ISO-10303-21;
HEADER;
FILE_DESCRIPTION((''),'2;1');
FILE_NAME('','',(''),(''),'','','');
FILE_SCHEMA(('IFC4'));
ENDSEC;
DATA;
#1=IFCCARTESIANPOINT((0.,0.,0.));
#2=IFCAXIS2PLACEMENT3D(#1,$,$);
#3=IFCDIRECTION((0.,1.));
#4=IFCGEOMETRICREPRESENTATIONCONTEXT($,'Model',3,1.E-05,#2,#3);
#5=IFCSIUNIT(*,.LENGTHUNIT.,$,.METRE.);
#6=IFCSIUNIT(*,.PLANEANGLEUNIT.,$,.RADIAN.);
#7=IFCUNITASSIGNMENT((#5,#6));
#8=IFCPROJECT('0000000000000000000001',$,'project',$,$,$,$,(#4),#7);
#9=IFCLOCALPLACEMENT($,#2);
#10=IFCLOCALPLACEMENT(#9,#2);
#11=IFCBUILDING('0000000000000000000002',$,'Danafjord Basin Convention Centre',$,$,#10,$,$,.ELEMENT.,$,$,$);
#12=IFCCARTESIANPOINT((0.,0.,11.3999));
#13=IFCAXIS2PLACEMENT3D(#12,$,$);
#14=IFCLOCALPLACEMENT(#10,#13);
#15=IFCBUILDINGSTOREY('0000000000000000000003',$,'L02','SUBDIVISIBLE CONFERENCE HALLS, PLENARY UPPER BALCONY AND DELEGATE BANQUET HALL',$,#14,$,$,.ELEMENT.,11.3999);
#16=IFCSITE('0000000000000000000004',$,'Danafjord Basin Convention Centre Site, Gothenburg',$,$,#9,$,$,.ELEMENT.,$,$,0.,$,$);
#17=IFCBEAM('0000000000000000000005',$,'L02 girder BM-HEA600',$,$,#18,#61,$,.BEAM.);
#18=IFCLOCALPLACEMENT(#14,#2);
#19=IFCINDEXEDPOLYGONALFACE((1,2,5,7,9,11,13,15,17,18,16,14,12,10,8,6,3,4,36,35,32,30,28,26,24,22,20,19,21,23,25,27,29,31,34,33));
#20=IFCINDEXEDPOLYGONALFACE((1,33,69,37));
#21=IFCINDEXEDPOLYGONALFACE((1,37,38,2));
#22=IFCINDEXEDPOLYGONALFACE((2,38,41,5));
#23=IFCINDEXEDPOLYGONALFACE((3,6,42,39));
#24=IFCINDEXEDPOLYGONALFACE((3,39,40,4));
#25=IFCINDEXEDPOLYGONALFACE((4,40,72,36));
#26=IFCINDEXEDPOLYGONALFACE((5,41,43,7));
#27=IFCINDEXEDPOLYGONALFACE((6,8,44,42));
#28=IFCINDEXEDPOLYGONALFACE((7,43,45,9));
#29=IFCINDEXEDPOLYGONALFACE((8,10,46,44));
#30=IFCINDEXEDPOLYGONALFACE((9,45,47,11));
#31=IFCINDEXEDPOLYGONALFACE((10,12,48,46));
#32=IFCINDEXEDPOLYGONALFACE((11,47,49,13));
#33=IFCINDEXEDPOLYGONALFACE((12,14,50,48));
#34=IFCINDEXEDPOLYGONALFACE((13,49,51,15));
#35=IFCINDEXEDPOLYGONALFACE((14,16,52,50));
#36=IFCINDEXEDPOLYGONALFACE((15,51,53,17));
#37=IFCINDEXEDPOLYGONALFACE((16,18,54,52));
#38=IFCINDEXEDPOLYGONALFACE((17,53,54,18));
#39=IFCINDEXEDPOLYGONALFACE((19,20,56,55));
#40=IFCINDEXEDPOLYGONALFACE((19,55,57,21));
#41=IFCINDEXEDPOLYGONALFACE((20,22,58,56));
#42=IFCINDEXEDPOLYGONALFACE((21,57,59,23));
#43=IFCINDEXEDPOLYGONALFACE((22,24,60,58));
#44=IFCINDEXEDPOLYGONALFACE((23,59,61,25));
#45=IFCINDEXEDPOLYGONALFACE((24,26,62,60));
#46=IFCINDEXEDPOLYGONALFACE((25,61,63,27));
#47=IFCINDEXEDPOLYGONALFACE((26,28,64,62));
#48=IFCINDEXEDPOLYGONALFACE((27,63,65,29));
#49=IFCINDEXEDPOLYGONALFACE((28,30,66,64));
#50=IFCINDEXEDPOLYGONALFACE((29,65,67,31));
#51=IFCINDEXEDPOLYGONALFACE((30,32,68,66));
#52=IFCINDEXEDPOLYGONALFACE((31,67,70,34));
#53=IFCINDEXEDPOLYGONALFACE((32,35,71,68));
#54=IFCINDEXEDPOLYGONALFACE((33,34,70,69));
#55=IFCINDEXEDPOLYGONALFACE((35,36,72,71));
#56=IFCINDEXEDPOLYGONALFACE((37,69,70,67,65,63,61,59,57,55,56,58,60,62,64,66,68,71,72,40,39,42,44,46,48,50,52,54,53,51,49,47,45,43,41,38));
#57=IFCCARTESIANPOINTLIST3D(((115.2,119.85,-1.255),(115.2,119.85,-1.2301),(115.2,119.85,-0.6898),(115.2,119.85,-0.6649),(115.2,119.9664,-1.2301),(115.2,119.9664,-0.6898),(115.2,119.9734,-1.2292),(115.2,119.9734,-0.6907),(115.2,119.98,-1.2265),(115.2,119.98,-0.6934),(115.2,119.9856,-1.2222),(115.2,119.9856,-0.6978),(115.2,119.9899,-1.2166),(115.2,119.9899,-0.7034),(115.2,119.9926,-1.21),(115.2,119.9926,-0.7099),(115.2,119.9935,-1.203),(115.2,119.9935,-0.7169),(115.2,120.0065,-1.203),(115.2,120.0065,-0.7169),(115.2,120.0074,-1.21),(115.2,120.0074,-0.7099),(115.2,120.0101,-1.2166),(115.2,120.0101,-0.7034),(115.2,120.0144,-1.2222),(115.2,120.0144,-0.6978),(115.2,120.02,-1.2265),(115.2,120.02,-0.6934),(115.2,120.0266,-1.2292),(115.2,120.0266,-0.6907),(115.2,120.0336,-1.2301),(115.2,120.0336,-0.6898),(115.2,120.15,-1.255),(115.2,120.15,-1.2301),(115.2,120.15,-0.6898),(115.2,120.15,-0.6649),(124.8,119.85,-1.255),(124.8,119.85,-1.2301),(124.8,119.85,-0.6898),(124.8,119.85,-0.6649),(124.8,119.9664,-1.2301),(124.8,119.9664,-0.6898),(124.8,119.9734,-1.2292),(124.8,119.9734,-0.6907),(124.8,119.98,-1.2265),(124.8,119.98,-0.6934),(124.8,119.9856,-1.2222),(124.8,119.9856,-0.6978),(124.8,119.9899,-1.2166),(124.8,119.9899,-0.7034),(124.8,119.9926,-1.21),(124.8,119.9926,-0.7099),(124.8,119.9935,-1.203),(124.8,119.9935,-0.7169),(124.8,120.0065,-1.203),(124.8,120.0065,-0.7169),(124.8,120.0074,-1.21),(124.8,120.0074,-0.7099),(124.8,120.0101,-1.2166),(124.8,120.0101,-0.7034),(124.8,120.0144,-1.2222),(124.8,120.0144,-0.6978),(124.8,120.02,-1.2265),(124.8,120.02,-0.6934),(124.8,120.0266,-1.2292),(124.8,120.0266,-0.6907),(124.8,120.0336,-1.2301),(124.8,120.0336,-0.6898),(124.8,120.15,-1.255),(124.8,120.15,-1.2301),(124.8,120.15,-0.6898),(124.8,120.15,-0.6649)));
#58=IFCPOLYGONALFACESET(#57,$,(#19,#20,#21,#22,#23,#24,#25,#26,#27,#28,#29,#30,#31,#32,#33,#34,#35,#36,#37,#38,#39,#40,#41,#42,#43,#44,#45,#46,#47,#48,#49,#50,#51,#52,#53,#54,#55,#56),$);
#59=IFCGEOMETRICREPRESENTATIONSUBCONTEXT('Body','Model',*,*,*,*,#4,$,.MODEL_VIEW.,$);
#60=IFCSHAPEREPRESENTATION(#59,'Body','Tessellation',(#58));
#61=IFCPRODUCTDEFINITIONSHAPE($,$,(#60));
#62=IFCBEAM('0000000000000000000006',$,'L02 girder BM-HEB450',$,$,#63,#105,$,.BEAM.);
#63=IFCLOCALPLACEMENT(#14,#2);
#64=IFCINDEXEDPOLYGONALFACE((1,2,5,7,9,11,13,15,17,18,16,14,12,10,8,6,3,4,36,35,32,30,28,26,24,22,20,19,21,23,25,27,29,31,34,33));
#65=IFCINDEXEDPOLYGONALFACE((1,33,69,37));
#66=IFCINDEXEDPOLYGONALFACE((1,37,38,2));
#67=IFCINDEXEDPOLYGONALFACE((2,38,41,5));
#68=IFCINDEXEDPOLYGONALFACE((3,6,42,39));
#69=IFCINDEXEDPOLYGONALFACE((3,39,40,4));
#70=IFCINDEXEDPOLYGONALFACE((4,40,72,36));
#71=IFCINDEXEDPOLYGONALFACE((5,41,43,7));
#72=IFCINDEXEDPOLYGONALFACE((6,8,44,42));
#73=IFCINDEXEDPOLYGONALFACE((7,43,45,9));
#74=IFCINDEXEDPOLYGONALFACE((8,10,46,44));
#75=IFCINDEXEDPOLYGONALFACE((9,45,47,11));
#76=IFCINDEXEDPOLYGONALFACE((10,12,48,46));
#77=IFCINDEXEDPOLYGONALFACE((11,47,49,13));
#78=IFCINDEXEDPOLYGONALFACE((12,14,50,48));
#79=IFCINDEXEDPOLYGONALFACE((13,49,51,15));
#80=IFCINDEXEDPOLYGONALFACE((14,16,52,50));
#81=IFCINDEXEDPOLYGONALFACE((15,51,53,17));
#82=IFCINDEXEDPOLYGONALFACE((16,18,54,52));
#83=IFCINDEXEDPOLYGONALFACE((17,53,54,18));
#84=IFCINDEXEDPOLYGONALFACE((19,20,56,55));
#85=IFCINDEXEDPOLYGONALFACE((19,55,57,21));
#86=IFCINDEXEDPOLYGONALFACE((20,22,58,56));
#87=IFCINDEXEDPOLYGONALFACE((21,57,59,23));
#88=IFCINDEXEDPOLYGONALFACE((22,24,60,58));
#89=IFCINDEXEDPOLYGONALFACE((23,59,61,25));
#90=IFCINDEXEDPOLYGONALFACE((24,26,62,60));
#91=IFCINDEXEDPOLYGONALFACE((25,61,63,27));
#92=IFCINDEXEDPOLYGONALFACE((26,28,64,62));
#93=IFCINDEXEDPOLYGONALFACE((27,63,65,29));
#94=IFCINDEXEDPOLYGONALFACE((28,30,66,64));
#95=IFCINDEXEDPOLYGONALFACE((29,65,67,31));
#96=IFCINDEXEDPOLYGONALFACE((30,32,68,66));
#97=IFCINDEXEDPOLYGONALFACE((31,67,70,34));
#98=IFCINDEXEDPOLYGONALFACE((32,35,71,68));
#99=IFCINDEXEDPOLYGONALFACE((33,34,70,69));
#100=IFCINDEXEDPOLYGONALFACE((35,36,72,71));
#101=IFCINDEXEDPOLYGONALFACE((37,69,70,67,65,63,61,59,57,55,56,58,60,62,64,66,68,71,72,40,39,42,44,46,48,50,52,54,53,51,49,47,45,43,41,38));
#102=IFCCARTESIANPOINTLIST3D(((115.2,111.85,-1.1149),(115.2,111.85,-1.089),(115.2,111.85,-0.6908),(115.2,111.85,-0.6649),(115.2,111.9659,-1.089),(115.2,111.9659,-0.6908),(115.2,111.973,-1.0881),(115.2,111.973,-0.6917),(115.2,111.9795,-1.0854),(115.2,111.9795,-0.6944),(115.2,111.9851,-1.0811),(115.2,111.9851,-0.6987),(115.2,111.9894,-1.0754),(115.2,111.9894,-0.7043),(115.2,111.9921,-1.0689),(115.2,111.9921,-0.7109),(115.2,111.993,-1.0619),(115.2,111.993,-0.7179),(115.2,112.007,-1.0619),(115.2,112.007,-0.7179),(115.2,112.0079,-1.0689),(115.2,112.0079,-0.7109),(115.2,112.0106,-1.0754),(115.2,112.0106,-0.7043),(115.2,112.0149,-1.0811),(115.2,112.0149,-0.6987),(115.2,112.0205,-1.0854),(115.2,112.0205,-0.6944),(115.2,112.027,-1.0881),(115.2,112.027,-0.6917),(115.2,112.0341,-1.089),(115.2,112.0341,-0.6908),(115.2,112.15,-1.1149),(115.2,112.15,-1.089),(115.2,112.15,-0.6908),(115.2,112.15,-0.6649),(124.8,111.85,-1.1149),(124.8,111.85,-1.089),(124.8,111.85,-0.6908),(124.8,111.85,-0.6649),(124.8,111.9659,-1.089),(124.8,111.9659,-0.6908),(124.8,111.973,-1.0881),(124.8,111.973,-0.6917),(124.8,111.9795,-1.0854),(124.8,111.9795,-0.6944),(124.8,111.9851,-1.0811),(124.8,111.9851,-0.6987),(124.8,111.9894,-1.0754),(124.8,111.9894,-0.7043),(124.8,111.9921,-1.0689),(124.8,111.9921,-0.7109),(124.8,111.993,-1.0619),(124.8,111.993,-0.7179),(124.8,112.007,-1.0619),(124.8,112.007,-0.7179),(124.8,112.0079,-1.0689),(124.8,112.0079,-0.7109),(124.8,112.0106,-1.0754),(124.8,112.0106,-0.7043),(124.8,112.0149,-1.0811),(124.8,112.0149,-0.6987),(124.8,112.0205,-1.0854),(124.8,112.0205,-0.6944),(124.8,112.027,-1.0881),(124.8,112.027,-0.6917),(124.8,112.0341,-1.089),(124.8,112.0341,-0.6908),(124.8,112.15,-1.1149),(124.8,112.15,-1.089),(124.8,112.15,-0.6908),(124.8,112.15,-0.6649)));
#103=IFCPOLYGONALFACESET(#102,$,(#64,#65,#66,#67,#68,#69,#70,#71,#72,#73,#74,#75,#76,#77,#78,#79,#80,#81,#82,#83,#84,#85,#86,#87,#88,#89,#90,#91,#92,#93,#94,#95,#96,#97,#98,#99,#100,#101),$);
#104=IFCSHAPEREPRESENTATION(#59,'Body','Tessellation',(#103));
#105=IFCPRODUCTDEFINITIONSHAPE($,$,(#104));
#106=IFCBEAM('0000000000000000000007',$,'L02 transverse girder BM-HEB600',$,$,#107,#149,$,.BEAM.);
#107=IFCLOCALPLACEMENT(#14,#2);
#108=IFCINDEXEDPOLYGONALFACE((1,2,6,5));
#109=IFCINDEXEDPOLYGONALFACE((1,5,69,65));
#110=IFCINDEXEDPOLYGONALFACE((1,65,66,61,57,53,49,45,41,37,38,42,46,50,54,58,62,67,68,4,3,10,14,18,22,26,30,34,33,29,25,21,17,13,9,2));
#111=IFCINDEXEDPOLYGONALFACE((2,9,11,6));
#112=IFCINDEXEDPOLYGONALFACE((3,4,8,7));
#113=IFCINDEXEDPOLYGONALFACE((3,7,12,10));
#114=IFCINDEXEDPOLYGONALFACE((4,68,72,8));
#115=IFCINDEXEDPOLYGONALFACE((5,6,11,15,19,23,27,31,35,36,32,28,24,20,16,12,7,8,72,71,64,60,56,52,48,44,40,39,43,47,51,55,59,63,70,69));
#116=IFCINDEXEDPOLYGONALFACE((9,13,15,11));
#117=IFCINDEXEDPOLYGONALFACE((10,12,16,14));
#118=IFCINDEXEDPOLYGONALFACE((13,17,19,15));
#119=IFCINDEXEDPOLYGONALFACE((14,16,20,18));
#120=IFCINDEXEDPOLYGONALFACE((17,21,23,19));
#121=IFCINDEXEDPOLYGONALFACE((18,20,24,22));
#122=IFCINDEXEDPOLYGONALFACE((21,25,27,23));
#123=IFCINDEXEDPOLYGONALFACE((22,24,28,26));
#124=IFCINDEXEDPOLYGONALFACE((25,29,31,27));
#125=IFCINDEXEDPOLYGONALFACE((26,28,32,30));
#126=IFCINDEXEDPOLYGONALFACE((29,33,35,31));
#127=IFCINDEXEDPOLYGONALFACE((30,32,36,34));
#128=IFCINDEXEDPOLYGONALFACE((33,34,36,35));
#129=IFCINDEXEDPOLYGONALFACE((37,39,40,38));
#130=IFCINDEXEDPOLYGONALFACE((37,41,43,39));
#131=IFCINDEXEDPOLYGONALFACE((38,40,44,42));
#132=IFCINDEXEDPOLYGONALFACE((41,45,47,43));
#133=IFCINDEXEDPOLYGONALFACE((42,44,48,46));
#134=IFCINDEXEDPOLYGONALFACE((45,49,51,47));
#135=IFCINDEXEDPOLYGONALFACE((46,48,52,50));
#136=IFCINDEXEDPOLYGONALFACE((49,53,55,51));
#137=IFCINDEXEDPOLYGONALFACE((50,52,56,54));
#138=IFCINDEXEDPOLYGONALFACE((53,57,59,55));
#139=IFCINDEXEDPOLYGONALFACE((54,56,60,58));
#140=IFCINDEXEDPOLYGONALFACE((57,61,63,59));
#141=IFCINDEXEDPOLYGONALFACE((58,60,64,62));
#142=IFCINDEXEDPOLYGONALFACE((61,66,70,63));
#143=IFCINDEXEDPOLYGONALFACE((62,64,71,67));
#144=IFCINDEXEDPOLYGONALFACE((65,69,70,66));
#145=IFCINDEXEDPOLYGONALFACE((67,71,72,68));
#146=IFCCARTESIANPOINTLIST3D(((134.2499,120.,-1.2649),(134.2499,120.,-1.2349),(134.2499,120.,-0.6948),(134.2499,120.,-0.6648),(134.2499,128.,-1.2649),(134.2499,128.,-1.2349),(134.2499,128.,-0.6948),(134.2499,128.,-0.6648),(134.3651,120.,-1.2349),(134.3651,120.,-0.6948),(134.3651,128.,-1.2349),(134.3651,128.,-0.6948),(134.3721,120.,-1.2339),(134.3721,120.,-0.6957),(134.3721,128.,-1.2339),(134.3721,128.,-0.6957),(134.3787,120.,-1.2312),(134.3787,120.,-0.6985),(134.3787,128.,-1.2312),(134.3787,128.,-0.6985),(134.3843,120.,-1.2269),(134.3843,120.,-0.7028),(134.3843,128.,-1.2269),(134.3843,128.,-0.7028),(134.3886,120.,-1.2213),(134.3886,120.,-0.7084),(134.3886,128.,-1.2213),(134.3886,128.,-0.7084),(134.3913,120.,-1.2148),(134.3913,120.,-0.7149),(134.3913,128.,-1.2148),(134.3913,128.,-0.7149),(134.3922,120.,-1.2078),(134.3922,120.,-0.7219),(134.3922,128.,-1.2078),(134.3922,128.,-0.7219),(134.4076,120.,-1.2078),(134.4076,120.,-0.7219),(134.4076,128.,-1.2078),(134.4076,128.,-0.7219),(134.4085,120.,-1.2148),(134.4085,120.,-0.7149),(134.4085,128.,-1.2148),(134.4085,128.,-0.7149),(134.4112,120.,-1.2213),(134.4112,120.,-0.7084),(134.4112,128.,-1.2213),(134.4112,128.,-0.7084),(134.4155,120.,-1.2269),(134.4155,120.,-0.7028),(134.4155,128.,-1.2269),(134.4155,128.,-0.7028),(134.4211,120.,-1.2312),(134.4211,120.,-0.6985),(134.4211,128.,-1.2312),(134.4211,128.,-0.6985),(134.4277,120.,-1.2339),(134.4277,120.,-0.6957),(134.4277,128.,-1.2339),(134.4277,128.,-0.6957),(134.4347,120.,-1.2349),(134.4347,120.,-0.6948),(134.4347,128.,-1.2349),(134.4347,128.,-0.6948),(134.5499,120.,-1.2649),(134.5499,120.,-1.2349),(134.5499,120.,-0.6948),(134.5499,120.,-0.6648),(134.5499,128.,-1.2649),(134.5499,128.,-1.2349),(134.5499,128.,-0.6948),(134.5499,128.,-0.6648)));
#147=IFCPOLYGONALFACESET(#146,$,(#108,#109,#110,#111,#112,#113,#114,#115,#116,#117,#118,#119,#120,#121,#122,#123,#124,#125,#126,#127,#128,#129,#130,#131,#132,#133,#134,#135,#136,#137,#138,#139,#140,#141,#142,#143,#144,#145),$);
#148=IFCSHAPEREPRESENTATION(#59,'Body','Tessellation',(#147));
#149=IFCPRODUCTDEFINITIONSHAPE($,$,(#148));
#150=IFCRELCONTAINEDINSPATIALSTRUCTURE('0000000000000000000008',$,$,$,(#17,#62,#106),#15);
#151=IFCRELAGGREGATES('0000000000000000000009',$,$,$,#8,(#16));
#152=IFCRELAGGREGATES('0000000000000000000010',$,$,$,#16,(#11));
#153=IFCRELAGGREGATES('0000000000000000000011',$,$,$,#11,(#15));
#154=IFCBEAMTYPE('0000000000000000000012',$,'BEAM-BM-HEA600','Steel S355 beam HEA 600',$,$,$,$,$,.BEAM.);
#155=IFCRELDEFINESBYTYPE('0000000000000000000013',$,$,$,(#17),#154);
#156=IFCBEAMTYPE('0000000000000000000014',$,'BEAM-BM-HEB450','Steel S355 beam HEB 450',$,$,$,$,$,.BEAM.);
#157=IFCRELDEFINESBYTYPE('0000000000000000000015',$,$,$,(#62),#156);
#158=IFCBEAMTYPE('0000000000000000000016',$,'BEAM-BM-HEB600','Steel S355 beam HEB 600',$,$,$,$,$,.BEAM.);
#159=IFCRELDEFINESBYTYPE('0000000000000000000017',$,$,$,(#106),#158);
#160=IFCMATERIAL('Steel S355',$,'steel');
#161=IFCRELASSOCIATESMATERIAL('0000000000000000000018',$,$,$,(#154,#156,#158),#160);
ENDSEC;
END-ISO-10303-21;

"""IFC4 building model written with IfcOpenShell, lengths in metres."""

from ifc_helpers import new_model, si_unit, direction, frame, origin, origin_2d, place, context, subcontext, project, spatial, i_section, extrude, material, material_profile, profile_set, type_object, element, save


model = new_model("IFC4")

# Units and contexts
model_context = context("Model", 3, precision=1e-05, world=origin(), true_north=direction((0.0, 1.0)))
body_context = subcontext(model_context, "Body", "Model", "MODEL_VIEW")
ifc_project = project(units=[si_unit("LENGTHUNIT", "METRE"), si_unit("PLANEANGLEUNIT", "RADIAN")], contexts=[model_context])

# Site, building, storey
site_placement = place(None, origin())
site = spatial("IfcSite", under=ifc_project, at=site_placement, Name="Danafjord Basin Convention Centre Site, Gothenburg", CompositionType="ELEMENT", RefElevation=0.0)
building_placement = place(site_placement, origin())
building = spatial("IfcBuilding", under=site, at=building_placement, Name="Danafjord Basin Convention Centre", CompositionType="ELEMENT")
storey_placement = place(building_placement, frame((0.0, 0.0, 11.3999)))
storey = spatial("IfcBuildingStorey", under=building, at=storey_placement, Name="L02", Description="SUBDIVISIBLE CONFERENCE HALLS, PLENARY UPPER BALCONY AND DELEGATE BANQUET HALL", CompositionType="ELEMENT", Elevation=11.3999)

# Shared definitions
ifc_material_1 = material(Name="Steel S355", Category="steel")

# Beams
ifc_material_profile_1 = material_profile(ifc_material_1, i_section(OverallWidth=0.3, OverallDepth=0.5901, WebThickness=0.0129, FlangeThickness=0.0249, FilletRadius=0.0271, at=origin_2d()), Name="HEA 600")
ifc_profile_set_1 = profile_set([ifc_material_profile_1], Name="Steel S355")
beam_type_1 = type_object("IfcBeamType", Name="BEAM-BM-HEA600", Description="Steel S355 beam HEA 600", PredefinedType="BEAM", material=ifc_profile_set_1)
beam_1_placement = place(storey_placement, frame((115.2, 120.0, -0.96), z_axis=(1.0, 0.0, 0.0), x_axis=(0.0, 1.0, 0.0)))
element("IfcBeam", 1, at=beam_1_placement, inside=storey, type_object=beam_type_1, Name="L02 girder BM-HEA600", PredefinedType="BEAM", context=body_context, shape_type="SweptSolid", body=[
    extrude(i_section(OverallWidth=0.3, OverallDepth=0.5901, WebThickness=0.0129, FlangeThickness=0.0249, FilletRadius=0.0271, at=origin_2d()), origin(), (0.0, 0.0, 1.0), 9.6001),
])
ifc_material_profile_2 = material_profile(ifc_material_1, i_section(OverallWidth=0.3, OverallDepth=0.45, WebThickness=0.0139, FlangeThickness=0.0259, FilletRadius=0.0271, at=origin_2d()), Name="HEB 450")
ifc_profile_set_2 = profile_set([ifc_material_profile_2], Name="Steel S355")
beam_type_2 = type_object("IfcBeamType", Name="BEAM-BM-HEB450", Description="Steel S355 beam HEB 450", PredefinedType="BEAM", material=ifc_profile_set_2)
beam_2_placement = place(storey_placement, frame((115.2, 112.0, -0.8899), z_axis=(1.0, 0.0, 0.0), x_axis=(0.0, 1.0, 0.0)))
element("IfcBeam", 2, at=beam_2_placement, inside=storey, type_object=beam_type_2, Name="L02 girder BM-HEB450", PredefinedType="BEAM", context=body_context, shape_type="SweptSolid", body=[
    extrude(i_section(OverallWidth=0.3, OverallDepth=0.45, WebThickness=0.0139, FlangeThickness=0.0259, FilletRadius=0.0271, at=origin_2d()), origin(), (0.0, 0.0, 1.0), 9.6001),
])
ifc_material_profile_3 = material_profile(ifc_material_1, i_section(OverallWidth=0.3, OverallDepth=0.6001, WebThickness=0.0154, FlangeThickness=0.03, FilletRadius=0.0271, at=origin_2d()), Name="HEB 600")
ifc_profile_set_3 = profile_set([ifc_material_profile_3], Name="Steel S355")
beam_type_3 = type_object("IfcBeamType", Name="BEAM-BM-HEB600", Description="Steel S355 beam HEB 600", PredefinedType="BEAM", material=ifc_profile_set_3)
beam_3_placement = place(storey_placement, frame((134.3999, 120.0, -0.9648), z_axis=(0.0, 1.0, 0.0), x_axis=(-1.0, 0.0, 0.0)))
element("IfcBeam", 3, at=beam_3_placement, inside=storey, type_object=beam_type_3, Name="L02 transverse girder BM-HEB600", PredefinedType="BEAM", context=body_context, shape_type="SweptSolid", body=[
    extrude(i_section(OverallWidth=0.3, OverallDepth=0.6001, WebThickness=0.0154, FlangeThickness=0.03, FilletRadius=0.0271, at=origin_2d()), origin(), (0.0, 0.0, 1.0), 8.0),
])

save(model, "model.ifc")
